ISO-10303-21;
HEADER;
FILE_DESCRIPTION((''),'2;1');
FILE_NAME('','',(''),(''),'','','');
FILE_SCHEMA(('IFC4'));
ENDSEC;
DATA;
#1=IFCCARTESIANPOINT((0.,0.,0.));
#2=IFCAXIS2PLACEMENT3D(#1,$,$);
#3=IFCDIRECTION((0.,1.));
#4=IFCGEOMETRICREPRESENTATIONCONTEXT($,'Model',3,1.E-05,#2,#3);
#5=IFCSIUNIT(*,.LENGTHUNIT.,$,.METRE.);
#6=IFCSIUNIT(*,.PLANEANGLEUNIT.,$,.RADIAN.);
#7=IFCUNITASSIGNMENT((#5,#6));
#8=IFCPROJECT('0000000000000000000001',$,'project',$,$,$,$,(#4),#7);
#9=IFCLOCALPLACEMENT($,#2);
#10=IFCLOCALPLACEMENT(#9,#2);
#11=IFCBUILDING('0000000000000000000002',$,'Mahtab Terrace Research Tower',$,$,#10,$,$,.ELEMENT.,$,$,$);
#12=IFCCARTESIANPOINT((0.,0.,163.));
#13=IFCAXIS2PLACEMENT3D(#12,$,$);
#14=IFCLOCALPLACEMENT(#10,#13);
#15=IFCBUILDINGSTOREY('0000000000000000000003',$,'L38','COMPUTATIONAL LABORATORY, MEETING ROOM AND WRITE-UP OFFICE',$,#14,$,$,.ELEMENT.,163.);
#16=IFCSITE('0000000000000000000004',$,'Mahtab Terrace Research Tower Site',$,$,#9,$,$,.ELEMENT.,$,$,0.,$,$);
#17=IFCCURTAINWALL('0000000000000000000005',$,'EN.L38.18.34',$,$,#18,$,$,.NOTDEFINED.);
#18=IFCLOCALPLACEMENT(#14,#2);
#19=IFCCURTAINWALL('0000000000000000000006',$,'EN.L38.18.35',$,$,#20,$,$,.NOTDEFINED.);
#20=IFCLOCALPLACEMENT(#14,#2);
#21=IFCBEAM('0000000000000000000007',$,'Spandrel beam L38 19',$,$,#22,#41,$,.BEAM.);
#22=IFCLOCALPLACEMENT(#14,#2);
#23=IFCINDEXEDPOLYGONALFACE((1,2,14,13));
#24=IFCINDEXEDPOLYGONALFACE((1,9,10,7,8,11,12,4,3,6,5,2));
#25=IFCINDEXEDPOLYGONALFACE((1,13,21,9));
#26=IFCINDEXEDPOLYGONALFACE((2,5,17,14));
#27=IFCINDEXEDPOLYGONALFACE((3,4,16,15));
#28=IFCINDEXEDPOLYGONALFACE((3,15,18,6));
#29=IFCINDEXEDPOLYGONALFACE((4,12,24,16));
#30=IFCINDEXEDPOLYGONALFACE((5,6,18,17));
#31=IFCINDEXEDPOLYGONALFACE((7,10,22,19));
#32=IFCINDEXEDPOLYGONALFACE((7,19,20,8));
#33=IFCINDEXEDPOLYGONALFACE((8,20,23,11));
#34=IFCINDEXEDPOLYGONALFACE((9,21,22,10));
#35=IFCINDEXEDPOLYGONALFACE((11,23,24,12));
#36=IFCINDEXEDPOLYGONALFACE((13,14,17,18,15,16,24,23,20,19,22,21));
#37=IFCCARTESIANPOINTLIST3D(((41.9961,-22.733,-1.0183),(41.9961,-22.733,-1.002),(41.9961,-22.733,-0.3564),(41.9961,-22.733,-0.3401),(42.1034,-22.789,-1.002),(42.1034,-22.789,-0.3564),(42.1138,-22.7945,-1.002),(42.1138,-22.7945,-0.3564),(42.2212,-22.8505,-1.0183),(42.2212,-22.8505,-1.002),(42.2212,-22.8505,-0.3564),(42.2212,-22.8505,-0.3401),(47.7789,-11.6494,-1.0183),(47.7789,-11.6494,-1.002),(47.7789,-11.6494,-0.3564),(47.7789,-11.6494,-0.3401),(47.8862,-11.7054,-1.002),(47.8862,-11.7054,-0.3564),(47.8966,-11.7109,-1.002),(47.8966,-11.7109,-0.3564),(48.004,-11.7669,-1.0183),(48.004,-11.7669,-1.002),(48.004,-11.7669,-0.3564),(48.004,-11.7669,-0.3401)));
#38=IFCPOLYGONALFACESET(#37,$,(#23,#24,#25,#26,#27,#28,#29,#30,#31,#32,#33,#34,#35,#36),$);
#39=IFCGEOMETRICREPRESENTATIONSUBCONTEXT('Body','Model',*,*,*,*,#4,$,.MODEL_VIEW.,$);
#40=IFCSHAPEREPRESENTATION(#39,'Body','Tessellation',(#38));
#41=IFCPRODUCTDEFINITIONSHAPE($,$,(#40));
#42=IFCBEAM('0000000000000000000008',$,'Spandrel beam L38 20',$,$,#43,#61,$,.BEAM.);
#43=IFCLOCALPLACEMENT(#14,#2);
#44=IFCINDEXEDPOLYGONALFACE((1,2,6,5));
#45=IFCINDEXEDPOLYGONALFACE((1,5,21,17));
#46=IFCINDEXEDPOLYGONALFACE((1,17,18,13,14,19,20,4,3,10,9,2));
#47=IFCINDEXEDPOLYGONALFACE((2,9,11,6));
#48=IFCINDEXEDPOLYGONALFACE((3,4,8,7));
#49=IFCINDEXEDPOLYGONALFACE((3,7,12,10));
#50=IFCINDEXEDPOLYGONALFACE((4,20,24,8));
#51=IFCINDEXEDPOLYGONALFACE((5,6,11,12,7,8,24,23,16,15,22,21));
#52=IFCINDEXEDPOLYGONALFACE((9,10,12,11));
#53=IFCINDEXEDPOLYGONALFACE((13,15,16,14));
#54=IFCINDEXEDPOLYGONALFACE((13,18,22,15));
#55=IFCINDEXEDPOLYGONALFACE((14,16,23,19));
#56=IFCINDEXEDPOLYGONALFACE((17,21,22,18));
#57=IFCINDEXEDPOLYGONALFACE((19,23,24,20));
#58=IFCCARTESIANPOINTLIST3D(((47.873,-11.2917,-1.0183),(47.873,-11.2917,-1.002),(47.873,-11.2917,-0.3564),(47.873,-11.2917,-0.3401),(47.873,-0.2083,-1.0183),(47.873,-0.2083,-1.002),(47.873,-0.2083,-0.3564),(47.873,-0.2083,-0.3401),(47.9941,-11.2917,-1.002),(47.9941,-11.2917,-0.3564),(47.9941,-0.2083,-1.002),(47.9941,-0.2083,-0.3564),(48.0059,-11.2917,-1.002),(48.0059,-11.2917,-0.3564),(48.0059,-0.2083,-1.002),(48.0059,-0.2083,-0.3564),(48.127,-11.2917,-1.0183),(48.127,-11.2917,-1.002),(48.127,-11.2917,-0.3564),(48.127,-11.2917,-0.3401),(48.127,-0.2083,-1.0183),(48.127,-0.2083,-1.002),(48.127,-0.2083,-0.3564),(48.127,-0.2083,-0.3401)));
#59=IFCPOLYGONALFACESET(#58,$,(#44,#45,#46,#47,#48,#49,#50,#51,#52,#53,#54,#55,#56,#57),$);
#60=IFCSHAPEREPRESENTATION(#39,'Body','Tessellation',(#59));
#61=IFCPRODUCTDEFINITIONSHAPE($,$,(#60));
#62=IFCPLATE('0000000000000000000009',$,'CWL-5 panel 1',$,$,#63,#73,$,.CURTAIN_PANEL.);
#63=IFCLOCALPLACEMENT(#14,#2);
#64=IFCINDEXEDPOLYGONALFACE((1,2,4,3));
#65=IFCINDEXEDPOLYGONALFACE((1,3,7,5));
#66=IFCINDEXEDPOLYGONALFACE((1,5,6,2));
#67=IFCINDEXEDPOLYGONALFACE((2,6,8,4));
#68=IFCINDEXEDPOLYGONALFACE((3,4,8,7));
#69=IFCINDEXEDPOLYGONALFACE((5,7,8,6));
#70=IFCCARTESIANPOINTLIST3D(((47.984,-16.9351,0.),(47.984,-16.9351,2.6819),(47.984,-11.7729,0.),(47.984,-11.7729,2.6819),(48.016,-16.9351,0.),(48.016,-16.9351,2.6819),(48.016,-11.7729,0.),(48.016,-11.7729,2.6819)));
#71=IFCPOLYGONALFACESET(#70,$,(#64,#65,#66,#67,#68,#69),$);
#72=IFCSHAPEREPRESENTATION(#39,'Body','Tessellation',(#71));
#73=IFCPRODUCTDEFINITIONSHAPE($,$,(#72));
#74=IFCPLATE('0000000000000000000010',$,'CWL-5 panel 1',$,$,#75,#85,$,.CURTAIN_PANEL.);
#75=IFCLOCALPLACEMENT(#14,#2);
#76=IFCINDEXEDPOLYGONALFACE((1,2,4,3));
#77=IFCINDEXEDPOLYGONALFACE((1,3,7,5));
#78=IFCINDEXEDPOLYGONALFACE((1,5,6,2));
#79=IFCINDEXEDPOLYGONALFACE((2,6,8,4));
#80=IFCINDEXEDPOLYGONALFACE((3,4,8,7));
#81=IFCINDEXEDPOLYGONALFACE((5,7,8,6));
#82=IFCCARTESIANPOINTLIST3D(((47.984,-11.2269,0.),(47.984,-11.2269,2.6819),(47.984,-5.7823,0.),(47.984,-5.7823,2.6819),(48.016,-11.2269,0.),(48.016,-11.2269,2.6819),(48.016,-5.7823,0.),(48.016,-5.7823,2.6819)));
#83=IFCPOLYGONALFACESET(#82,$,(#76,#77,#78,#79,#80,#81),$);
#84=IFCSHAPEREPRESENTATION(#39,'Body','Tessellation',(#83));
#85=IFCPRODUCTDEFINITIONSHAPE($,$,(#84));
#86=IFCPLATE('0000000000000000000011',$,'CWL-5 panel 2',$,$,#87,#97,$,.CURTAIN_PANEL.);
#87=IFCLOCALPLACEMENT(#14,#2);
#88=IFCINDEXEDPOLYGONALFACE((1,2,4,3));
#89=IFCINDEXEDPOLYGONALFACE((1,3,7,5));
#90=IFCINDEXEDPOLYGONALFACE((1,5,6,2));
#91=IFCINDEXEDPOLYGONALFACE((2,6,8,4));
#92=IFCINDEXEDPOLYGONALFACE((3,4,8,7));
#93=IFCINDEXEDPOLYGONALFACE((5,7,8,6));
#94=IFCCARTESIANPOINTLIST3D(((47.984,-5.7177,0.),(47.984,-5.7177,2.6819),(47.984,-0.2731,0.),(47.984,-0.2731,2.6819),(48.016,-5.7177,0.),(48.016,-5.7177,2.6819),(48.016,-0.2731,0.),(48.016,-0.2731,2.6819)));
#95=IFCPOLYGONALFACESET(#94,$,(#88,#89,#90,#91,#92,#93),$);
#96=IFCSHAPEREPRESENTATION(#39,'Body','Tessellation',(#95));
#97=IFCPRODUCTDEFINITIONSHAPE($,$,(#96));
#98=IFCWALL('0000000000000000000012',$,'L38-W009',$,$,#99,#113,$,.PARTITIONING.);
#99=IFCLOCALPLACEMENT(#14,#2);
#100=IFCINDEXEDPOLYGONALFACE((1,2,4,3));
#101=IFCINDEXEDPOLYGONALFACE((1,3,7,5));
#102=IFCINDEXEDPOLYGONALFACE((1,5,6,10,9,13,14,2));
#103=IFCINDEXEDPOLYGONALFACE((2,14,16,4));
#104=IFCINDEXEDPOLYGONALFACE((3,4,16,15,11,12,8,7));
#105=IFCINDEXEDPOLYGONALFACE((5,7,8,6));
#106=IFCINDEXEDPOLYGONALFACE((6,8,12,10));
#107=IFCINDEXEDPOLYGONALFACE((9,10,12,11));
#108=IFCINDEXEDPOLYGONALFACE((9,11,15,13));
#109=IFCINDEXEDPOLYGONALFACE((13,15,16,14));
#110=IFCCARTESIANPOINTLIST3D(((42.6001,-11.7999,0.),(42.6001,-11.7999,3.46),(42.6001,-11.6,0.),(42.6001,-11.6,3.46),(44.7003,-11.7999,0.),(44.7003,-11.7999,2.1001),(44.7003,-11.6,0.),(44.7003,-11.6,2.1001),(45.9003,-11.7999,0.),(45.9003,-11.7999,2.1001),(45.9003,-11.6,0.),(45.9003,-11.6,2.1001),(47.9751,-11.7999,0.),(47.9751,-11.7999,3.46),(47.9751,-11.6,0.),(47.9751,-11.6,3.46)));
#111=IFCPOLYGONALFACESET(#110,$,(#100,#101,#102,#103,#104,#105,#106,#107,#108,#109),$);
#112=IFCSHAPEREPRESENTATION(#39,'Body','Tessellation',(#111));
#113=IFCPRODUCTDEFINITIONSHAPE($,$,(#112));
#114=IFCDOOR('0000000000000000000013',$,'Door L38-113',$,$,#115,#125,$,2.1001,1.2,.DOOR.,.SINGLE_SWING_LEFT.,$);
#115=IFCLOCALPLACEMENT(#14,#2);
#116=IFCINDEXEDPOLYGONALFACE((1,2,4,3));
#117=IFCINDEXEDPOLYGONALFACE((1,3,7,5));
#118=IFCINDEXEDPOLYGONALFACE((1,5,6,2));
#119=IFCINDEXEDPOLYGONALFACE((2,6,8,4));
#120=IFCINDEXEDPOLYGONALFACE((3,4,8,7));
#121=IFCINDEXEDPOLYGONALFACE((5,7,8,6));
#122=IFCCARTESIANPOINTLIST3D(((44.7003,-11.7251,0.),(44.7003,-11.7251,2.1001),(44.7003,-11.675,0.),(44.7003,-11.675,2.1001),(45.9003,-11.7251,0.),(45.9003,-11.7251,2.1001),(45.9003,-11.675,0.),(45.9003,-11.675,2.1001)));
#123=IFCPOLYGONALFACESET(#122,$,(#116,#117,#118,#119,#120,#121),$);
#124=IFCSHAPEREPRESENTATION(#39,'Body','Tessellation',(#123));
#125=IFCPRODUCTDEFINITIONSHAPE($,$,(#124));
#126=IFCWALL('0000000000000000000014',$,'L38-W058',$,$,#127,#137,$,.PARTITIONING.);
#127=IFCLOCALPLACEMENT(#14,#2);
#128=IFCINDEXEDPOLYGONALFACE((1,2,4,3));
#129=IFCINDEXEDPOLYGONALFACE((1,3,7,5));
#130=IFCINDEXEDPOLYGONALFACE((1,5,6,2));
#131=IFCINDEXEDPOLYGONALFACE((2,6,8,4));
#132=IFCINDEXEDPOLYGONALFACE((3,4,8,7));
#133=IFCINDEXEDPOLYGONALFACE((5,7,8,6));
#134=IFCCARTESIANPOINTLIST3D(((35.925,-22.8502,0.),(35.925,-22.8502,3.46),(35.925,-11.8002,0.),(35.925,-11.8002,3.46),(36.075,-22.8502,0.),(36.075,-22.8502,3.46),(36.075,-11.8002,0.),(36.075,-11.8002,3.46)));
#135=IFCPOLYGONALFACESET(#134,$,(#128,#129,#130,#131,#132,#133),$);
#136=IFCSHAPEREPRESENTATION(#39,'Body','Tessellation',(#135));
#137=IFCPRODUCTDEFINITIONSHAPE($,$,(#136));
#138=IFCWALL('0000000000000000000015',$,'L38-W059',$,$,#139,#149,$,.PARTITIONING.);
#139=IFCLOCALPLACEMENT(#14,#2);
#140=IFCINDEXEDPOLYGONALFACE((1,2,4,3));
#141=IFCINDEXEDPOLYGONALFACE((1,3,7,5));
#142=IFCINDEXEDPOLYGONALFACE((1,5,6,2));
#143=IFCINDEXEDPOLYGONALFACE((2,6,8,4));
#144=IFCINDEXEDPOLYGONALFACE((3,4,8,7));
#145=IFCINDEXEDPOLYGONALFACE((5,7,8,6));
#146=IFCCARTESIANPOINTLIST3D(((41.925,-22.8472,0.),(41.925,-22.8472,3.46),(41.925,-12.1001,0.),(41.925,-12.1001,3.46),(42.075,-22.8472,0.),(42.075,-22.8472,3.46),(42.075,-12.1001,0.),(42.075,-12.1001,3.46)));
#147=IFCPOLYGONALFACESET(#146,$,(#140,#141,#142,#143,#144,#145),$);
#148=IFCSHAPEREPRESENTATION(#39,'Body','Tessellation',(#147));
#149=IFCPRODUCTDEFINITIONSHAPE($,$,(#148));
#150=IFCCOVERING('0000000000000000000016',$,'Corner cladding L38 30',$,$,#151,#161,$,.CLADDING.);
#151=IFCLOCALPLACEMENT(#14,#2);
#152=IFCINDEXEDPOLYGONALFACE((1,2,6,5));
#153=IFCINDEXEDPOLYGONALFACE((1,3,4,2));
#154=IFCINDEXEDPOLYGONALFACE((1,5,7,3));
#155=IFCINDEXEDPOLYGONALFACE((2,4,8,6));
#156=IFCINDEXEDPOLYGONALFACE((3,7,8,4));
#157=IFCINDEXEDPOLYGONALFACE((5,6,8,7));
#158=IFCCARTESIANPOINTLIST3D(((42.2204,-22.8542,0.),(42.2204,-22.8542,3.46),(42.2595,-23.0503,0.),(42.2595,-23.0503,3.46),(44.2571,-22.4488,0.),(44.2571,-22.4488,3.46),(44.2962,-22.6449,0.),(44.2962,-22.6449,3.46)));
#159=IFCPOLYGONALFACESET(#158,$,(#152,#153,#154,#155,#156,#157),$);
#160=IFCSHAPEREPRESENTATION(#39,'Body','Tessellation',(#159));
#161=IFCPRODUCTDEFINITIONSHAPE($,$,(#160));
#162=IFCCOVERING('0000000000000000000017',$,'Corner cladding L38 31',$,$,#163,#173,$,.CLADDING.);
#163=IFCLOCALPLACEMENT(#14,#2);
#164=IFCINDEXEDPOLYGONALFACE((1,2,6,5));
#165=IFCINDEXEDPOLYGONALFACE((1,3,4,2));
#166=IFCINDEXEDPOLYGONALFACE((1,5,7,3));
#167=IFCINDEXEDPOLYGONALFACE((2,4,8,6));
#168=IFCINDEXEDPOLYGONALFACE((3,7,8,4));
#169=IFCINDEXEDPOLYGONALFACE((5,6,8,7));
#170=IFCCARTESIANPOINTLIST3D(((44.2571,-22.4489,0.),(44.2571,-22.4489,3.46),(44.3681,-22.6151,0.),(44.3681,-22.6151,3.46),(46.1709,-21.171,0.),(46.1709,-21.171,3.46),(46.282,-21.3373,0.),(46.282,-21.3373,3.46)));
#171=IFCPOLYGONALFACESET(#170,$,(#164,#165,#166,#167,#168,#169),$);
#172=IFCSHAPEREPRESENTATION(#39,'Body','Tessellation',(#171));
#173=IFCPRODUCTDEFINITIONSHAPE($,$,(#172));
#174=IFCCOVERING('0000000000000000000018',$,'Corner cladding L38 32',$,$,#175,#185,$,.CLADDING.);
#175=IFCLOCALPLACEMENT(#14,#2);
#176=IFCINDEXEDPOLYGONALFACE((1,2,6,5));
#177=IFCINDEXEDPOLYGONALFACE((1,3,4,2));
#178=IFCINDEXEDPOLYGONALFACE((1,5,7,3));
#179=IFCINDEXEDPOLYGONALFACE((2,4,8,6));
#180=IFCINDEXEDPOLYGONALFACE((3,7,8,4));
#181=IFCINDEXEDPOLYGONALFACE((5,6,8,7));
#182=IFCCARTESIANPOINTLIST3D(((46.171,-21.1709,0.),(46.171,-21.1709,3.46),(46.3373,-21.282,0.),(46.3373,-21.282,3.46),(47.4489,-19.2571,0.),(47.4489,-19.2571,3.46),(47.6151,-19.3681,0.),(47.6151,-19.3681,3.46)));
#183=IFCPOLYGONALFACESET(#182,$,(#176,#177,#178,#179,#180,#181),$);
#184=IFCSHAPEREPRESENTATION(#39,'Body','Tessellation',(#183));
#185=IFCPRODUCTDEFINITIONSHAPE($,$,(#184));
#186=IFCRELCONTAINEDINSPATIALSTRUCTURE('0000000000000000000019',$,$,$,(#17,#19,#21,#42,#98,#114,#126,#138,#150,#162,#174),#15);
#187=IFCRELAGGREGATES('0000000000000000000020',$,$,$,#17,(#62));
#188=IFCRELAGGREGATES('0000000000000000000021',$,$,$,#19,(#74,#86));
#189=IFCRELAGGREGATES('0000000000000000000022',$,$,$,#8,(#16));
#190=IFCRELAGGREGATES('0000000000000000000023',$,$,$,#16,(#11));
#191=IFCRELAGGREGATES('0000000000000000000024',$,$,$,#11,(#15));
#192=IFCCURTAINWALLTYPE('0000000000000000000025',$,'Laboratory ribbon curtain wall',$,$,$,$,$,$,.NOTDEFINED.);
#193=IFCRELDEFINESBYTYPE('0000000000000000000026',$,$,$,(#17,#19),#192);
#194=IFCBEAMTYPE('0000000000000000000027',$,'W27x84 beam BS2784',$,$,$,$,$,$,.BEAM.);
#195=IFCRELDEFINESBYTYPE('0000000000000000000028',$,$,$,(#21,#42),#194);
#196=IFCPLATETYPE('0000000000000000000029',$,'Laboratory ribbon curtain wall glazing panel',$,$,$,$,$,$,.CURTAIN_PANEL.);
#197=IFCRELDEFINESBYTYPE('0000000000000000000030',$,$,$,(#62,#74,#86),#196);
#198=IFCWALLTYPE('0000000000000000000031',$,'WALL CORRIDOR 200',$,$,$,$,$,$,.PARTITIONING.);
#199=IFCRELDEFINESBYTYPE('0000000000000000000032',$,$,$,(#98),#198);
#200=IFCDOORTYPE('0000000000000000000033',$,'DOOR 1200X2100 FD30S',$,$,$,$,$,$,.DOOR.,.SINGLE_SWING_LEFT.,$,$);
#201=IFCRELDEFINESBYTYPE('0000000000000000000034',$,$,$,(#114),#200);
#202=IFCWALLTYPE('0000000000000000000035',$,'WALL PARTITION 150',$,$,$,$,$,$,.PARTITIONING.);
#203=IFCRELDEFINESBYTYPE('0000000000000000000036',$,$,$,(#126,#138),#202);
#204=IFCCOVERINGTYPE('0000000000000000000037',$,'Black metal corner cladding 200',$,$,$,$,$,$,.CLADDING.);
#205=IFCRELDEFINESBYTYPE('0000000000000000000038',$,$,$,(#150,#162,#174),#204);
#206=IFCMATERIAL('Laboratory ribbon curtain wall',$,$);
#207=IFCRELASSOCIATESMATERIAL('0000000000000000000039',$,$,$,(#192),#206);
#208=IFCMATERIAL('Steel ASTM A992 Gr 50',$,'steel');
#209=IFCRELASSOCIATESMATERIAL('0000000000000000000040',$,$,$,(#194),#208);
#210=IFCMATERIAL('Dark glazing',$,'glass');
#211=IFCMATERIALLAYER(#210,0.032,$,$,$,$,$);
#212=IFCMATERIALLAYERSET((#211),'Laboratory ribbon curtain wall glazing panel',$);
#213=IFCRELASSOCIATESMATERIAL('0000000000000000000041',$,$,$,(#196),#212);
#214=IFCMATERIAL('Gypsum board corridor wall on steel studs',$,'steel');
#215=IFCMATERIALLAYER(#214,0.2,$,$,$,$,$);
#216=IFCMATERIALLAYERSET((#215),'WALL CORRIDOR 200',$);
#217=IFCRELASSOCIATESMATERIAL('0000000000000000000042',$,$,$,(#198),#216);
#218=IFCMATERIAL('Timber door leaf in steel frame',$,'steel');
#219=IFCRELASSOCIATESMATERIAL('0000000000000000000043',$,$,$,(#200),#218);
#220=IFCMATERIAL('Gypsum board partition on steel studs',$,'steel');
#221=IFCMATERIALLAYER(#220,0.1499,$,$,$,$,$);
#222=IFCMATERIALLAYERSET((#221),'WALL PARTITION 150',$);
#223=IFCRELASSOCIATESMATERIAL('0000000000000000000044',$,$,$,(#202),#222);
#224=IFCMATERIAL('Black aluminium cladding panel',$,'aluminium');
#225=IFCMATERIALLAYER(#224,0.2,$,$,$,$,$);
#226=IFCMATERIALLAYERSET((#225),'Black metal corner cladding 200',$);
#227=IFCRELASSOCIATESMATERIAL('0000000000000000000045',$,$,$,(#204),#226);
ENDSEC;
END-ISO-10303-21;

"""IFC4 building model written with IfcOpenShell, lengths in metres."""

from ifc_helpers import new_model, si_unit, direction, frame, frame_2d, origin, origin_2d, place, context, subcontext, project, spatial, rectangle, i_section, extrude, material, layer, layer_set, material_profile, profile_set, type_object, element, fill, aggregate, save


model = new_model("IFC4")

# Units and contexts
model_context = context("Model", 3, precision=1e-05, world=origin(), true_north=direction((0.0, 1.0)))
body_context = subcontext(model_context, "Body", "Model", "MODEL_VIEW")
ifc_project = project(units=[si_unit("LENGTHUNIT", "METRE"), si_unit("PLANEANGLEUNIT", "RADIAN")], contexts=[model_context])

# Site, building, storey
site_placement = place(None, origin())
site = spatial("IfcSite", under=ifc_project, at=site_placement, Name="Mahtab Terrace Research Tower Site", CompositionType="ELEMENT", RefElevation=0.0)
building_placement = place(site_placement, origin())
building = spatial("IfcBuilding", under=site, at=building_placement, Name="Mahtab Terrace Research Tower", CompositionType="ELEMENT")
storey_placement = place(building_placement, frame((0.0, 0.0, 163.0)))
storey = spatial("IfcBuildingStorey", under=building, at=storey_placement, Name="L38", Description="COMPUTATIONAL LABORATORY, MEETING ROOM AND WRITE-UP OFFICE", CompositionType="ELEMENT", Elevation=163.0)

# Shared definitions
ifc_material_1 = material(Name="Steel ASTM A992 Gr 50", Category="steel")

# Curtain walls
ifc_material_2 = material(Name="Laboratory ribbon curtain wall")
curtain_wall_type = type_object("IfcCurtainWallType", Name="Laboratory ribbon curtain wall", PredefinedType="NOTDEFINED", material=ifc_material_2)
curtain_wall_1_placement = place(storey_placement, origin())
curtain_wall_1 = element("IfcCurtainWall", 1, at=curtain_wall_1_placement, inside=storey, type_object=curtain_wall_type, Name="EN.L38.18.34", PredefinedType="NOTDEFINED")
curtain_wall_2_placement = place(storey_placement, origin())
curtain_wall_2 = element("IfcCurtainWall", 2, at=curtain_wall_2_placement, inside=storey, type_object=curtain_wall_type, Name="EN.L38.18.35", PredefinedType="NOTDEFINED")

# Beams
ifc_material_profile_1 = material_profile(ifc_material_1, i_section(OverallWidth=0.2539, OverallDepth=0.6782, WebThickness=0.0117, FlangeThickness=0.0164, at=origin_2d()), Name="W27X84")
ifc_profile_set_1 = profile_set([ifc_material_profile_1], Name="Steel ASTM A992 Gr 50")
beam_type = type_object("IfcBeamType", Name="W27x84 beam BS2784", PredefinedType="BEAM", material=ifc_profile_set_1)
beam_1_placement = place(storey_placement, frame((42.1086, -22.7917, -0.6792), z_axis=(0.462567, 0.886584, 0.0), x_axis=(-0.886584, 0.462567, 0.0)))
element("IfcBeam", 3, at=beam_1_placement, inside=storey, type_object=beam_type, Name="Spandrel beam L38 19", PredefinedType="BEAM", context=body_context, shape_type="SweptSolid", body=[
    extrude(i_section(OverallWidth=0.2539, OverallDepth=0.6782, WebThickness=0.0117, FlangeThickness=0.0164, at=origin_2d()), origin(), (0.0, 0.0, 1.0), 12.5015),
])
beam_2_placement = place(storey_placement, frame((48.0, -11.2917, -0.6792), z_axis=(0.0, 1.0, 0.0), x_axis=(-1.0, 0.0, 0.0)))
element("IfcBeam", 4, at=beam_2_placement, inside=storey, type_object=beam_type, Name="Spandrel beam L38 20", PredefinedType="BEAM", context=body_context, shape_type="SweptSolid", body=[
    extrude(i_section(OverallWidth=0.2539, OverallDepth=0.6782, WebThickness=0.0117, FlangeThickness=0.0164, at=origin_2d()), origin(), (0.0, 0.0, 1.0), 11.0835),
])

# Plates
ifc_material_3 = material(Name="Dark glazing", Category="glass")
ifc_layer_1 = layer(ifc_material_3, 0.032)
ifc_layer_set_1 = layer_set([ifc_layer_1], Name="Laboratory ribbon curtain wall glazing panel")
plate_type = type_object("IfcPlateType", Name="Laboratory ribbon curtain wall glazing panel", PredefinedType="CURTAIN_PANEL", material=ifc_layer_set_1)
plate_1_placement = place(storey_placement, frame((48.0, -14.354, 0.0), z_axis=(0.0, 0.0, 1.0), x_axis=(0.0, 1.0, 0.0)))
plate_1 = element("IfcPlate", 5, at=plate_1_placement, type_object=plate_type, Name="CWL-5 panel 1", PredefinedType="CURTAIN_PANEL", context=body_context, shape_type="SweptSolid", body=[
    extrude(rectangle(XDim=5.1621, YDim=0.032, at=origin_2d()), origin(), (0.0, 0.0, 1.0), 2.6819),
])
aggregate(curtain_wall_1, [plate_1])
plate_2_placement = place(storey_placement, frame((48.0, -8.5046, 0.0), z_axis=(0.0, 0.0, 1.0), x_axis=(0.0, 1.0, 0.0)))
plate_2 = element("IfcPlate", 6, at=plate_2_placement, type_object=plate_type, Name="CWL-5 panel 1", PredefinedType="CURTAIN_PANEL", context=body_context, shape_type="SweptSolid", body=[
    extrude(rectangle(XDim=5.4446, YDim=0.032, at=origin_2d()), origin(), (0.0, 0.0, 1.0), 2.6819),
])
plate_3_placement = place(storey_placement, frame((48.0, -2.9954, 0.0), z_axis=(0.0, 0.0, 1.0), x_axis=(0.0, 1.0, 0.0)))
plate_3 = element("IfcPlate", 7, at=plate_3_placement, type_object=plate_type, Name="CWL-5 panel 2", PredefinedType="CURTAIN_PANEL", context=body_context, shape_type="SweptSolid", body=[
    extrude(rectangle(XDim=5.4446, YDim=0.032, at=origin_2d()), origin(), (0.0, 0.0, 1.0), 2.6819),
])
aggregate(curtain_wall_2, [plate_2, plate_3])

# Wall, opening, door
ifc_material_4 = material(Name="Gypsum board corridor wall on steel studs", Category="steel")
ifc_layer_2 = layer(ifc_material_4, 0.2)
ifc_layer_set_2 = layer_set([ifc_layer_2], Name="WALL CORRIDOR 200")
wall_type_1 = type_object("IfcWallType", Name="WALL CORRIDOR 200", PredefinedType="PARTITIONING", material=ifc_layer_set_2)
wall_1_placement = place(storey_placement, frame((42.6001, -11.7, 0.0), z_axis=(0.0, 0.0, 1.0), x_axis=(1.0, 0.0, 0.0)))
wall_1 = element("IfcWall", 8, at=wall_1_placement, inside=storey, type_object=wall_type_1, Name="L38-W009", PredefinedType="PARTITIONING", context=body_context, shape_type="SweptSolid", body=[
    extrude(rectangle(XDim=5.375, YDim=0.2, at=frame_2d((2.6875, 0.0))), origin(), (0.0, 0.0, 1.0), 3.46),
])
opening_placement = place(wall_1_placement, frame((2.1001, 0.0, 0.0)))
opening = element("IfcOpeningElement", 9, at=opening_placement, cuts=wall_1, PredefinedType="OPENING", context=body_context, shape_type="SweptSolid", body=[
    extrude(rectangle(XDim=1.2, YDim=2.1001, at=frame_2d((0.6001, 1.05))), frame((0.0, 0.1099, 0.0), z_axis=(0.0, -1.0, 0.0), x_axis=(1.0, 0.0, 0.0)), (0.0, 0.0, 1.0), 0.22),
])
ifc_material_5 = material(Name="Timber door leaf in steel frame", Category="steel")
door_type = type_object("IfcDoorType", Name="DOOR 1200X2100 FD30S", OperationType="SINGLE_SWING_LEFT", PredefinedType="DOOR", material=ifc_material_5)
door_placement = place(opening_placement, origin())
door = element("IfcDoor", 10, at=door_placement, inside=storey, type_object=door_type, Name="Door L38-113", OperationType="SINGLE_SWING_LEFT", OverallHeight=2.1001, OverallWidth=1.2, PredefinedType="DOOR", context=body_context, shape_type="SweptSolid", body=[
    extrude(rectangle(XDim=1.2, YDim=2.1001, at=frame_2d((0.6001, 1.05))), frame((0.0, 0.0249, 0.0), z_axis=(0.0, -1.0, 0.0), x_axis=(1.0, 0.0, 0.0)), (0.0, 0.0, 1.0), 0.05),
])
fill(opening, door)

# Walls
ifc_material_6 = material(Name="Gypsum board partition on steel studs", Category="steel")
ifc_layer_3 = layer(ifc_material_6, 0.1499)
ifc_layer_set_3 = layer_set([ifc_layer_3], Name="WALL PARTITION 150")
wall_type_2 = type_object("IfcWallType", Name="WALL PARTITION 150", PredefinedType="PARTITIONING", material=ifc_layer_set_3)
wall_2_placement = place(storey_placement, frame((36.0, -22.8501, 0.0), z_axis=(0.0, 0.0, 1.0), x_axis=(0.0, 1.0, 0.0)))
element("IfcWall", 11, at=wall_2_placement, inside=storey, type_object=wall_type_2, Name="L38-W058", PredefinedType="PARTITIONING", context=body_context, shape_type="SweptSolid", body=[
    extrude(rectangle(XDim=11.05, YDim=0.1499, at=frame_2d((5.5249, 0.0))), origin(), (0.0, 0.0, 1.0), 3.46),
])
wall_3_placement = place(storey_placement, frame((42.0, -22.8472, 0.0), z_axis=(0.0, 0.0, 1.0), x_axis=(0.0, 1.0, 0.0)))
element("IfcWall", 12, at=wall_3_placement, inside=storey, type_object=wall_type_2, Name="L38-W059", PredefinedType="PARTITIONING", context=body_context, shape_type="SweptSolid", body=[
    extrude(rectangle(XDim=10.7471, YDim=0.1499, at=frame_2d((5.3735, 0.0))), origin(), (0.0, 0.0, 1.0), 3.46),
])

# Coverings
ifc_material_7 = material(Name="Black aluminium cladding panel", Category="aluminium")
ifc_layer_4 = layer(ifc_material_7, 0.2)
ifc_layer_set_4 = layer_set([ifc_layer_4], Name="Black metal corner cladding 200")
covering_type = type_object("IfcCoveringType", Name="Black metal corner cladding 200", PredefinedType="CLADDING", material=ifc_layer_set_4)
covering_placement = place(storey_placement, frame((43.2583, -22.7495, 0.0), z_axis=(0.0, 0.0, 1.0), x_axis=(0.980761, 0.195212, 0.0)))
element("IfcCovering", 13, at=covering_placement, inside=storey, type_object=covering_type, Name="Corner cladding L38 30", PredefinedType="CLADDING", context=body_context, shape_type="SweptSolid", body=[
    extrude(rectangle(XDim=2.0767, YDim=0.2, at=origin_2d()), origin(), (0.0, 0.0, 1.0), 3.46),
])
for number, where, z_axis, x_axis, name in (
    (14, (45.2695, -21.8931, 0.0), (0.0, 0.0, 1.0), (0.831656, 0.555291, 0.0), "Corner cladding L38 31"),
    (15, (46.8931, -20.2695, 0.0), (0.0, 0.0, 1.0), (0.555291, 0.831656, 0.0), "Corner cladding L38 32"),
):
    element("IfcCovering", number, at=place(storey_placement, frame(where, z_axis=z_axis, x_axis=x_axis)), inside=storey, type_object=covering_type, Name=name, PredefinedType="CLADDING", context=body_context, shape_type="SweptSolid", body=[
        extrude(rectangle(XDim=2.3013, YDim=0.2, at=origin_2d()), origin(), (0.0, 0.0, 1.0), 3.46),
    ])

save(model, "model.ifc")
